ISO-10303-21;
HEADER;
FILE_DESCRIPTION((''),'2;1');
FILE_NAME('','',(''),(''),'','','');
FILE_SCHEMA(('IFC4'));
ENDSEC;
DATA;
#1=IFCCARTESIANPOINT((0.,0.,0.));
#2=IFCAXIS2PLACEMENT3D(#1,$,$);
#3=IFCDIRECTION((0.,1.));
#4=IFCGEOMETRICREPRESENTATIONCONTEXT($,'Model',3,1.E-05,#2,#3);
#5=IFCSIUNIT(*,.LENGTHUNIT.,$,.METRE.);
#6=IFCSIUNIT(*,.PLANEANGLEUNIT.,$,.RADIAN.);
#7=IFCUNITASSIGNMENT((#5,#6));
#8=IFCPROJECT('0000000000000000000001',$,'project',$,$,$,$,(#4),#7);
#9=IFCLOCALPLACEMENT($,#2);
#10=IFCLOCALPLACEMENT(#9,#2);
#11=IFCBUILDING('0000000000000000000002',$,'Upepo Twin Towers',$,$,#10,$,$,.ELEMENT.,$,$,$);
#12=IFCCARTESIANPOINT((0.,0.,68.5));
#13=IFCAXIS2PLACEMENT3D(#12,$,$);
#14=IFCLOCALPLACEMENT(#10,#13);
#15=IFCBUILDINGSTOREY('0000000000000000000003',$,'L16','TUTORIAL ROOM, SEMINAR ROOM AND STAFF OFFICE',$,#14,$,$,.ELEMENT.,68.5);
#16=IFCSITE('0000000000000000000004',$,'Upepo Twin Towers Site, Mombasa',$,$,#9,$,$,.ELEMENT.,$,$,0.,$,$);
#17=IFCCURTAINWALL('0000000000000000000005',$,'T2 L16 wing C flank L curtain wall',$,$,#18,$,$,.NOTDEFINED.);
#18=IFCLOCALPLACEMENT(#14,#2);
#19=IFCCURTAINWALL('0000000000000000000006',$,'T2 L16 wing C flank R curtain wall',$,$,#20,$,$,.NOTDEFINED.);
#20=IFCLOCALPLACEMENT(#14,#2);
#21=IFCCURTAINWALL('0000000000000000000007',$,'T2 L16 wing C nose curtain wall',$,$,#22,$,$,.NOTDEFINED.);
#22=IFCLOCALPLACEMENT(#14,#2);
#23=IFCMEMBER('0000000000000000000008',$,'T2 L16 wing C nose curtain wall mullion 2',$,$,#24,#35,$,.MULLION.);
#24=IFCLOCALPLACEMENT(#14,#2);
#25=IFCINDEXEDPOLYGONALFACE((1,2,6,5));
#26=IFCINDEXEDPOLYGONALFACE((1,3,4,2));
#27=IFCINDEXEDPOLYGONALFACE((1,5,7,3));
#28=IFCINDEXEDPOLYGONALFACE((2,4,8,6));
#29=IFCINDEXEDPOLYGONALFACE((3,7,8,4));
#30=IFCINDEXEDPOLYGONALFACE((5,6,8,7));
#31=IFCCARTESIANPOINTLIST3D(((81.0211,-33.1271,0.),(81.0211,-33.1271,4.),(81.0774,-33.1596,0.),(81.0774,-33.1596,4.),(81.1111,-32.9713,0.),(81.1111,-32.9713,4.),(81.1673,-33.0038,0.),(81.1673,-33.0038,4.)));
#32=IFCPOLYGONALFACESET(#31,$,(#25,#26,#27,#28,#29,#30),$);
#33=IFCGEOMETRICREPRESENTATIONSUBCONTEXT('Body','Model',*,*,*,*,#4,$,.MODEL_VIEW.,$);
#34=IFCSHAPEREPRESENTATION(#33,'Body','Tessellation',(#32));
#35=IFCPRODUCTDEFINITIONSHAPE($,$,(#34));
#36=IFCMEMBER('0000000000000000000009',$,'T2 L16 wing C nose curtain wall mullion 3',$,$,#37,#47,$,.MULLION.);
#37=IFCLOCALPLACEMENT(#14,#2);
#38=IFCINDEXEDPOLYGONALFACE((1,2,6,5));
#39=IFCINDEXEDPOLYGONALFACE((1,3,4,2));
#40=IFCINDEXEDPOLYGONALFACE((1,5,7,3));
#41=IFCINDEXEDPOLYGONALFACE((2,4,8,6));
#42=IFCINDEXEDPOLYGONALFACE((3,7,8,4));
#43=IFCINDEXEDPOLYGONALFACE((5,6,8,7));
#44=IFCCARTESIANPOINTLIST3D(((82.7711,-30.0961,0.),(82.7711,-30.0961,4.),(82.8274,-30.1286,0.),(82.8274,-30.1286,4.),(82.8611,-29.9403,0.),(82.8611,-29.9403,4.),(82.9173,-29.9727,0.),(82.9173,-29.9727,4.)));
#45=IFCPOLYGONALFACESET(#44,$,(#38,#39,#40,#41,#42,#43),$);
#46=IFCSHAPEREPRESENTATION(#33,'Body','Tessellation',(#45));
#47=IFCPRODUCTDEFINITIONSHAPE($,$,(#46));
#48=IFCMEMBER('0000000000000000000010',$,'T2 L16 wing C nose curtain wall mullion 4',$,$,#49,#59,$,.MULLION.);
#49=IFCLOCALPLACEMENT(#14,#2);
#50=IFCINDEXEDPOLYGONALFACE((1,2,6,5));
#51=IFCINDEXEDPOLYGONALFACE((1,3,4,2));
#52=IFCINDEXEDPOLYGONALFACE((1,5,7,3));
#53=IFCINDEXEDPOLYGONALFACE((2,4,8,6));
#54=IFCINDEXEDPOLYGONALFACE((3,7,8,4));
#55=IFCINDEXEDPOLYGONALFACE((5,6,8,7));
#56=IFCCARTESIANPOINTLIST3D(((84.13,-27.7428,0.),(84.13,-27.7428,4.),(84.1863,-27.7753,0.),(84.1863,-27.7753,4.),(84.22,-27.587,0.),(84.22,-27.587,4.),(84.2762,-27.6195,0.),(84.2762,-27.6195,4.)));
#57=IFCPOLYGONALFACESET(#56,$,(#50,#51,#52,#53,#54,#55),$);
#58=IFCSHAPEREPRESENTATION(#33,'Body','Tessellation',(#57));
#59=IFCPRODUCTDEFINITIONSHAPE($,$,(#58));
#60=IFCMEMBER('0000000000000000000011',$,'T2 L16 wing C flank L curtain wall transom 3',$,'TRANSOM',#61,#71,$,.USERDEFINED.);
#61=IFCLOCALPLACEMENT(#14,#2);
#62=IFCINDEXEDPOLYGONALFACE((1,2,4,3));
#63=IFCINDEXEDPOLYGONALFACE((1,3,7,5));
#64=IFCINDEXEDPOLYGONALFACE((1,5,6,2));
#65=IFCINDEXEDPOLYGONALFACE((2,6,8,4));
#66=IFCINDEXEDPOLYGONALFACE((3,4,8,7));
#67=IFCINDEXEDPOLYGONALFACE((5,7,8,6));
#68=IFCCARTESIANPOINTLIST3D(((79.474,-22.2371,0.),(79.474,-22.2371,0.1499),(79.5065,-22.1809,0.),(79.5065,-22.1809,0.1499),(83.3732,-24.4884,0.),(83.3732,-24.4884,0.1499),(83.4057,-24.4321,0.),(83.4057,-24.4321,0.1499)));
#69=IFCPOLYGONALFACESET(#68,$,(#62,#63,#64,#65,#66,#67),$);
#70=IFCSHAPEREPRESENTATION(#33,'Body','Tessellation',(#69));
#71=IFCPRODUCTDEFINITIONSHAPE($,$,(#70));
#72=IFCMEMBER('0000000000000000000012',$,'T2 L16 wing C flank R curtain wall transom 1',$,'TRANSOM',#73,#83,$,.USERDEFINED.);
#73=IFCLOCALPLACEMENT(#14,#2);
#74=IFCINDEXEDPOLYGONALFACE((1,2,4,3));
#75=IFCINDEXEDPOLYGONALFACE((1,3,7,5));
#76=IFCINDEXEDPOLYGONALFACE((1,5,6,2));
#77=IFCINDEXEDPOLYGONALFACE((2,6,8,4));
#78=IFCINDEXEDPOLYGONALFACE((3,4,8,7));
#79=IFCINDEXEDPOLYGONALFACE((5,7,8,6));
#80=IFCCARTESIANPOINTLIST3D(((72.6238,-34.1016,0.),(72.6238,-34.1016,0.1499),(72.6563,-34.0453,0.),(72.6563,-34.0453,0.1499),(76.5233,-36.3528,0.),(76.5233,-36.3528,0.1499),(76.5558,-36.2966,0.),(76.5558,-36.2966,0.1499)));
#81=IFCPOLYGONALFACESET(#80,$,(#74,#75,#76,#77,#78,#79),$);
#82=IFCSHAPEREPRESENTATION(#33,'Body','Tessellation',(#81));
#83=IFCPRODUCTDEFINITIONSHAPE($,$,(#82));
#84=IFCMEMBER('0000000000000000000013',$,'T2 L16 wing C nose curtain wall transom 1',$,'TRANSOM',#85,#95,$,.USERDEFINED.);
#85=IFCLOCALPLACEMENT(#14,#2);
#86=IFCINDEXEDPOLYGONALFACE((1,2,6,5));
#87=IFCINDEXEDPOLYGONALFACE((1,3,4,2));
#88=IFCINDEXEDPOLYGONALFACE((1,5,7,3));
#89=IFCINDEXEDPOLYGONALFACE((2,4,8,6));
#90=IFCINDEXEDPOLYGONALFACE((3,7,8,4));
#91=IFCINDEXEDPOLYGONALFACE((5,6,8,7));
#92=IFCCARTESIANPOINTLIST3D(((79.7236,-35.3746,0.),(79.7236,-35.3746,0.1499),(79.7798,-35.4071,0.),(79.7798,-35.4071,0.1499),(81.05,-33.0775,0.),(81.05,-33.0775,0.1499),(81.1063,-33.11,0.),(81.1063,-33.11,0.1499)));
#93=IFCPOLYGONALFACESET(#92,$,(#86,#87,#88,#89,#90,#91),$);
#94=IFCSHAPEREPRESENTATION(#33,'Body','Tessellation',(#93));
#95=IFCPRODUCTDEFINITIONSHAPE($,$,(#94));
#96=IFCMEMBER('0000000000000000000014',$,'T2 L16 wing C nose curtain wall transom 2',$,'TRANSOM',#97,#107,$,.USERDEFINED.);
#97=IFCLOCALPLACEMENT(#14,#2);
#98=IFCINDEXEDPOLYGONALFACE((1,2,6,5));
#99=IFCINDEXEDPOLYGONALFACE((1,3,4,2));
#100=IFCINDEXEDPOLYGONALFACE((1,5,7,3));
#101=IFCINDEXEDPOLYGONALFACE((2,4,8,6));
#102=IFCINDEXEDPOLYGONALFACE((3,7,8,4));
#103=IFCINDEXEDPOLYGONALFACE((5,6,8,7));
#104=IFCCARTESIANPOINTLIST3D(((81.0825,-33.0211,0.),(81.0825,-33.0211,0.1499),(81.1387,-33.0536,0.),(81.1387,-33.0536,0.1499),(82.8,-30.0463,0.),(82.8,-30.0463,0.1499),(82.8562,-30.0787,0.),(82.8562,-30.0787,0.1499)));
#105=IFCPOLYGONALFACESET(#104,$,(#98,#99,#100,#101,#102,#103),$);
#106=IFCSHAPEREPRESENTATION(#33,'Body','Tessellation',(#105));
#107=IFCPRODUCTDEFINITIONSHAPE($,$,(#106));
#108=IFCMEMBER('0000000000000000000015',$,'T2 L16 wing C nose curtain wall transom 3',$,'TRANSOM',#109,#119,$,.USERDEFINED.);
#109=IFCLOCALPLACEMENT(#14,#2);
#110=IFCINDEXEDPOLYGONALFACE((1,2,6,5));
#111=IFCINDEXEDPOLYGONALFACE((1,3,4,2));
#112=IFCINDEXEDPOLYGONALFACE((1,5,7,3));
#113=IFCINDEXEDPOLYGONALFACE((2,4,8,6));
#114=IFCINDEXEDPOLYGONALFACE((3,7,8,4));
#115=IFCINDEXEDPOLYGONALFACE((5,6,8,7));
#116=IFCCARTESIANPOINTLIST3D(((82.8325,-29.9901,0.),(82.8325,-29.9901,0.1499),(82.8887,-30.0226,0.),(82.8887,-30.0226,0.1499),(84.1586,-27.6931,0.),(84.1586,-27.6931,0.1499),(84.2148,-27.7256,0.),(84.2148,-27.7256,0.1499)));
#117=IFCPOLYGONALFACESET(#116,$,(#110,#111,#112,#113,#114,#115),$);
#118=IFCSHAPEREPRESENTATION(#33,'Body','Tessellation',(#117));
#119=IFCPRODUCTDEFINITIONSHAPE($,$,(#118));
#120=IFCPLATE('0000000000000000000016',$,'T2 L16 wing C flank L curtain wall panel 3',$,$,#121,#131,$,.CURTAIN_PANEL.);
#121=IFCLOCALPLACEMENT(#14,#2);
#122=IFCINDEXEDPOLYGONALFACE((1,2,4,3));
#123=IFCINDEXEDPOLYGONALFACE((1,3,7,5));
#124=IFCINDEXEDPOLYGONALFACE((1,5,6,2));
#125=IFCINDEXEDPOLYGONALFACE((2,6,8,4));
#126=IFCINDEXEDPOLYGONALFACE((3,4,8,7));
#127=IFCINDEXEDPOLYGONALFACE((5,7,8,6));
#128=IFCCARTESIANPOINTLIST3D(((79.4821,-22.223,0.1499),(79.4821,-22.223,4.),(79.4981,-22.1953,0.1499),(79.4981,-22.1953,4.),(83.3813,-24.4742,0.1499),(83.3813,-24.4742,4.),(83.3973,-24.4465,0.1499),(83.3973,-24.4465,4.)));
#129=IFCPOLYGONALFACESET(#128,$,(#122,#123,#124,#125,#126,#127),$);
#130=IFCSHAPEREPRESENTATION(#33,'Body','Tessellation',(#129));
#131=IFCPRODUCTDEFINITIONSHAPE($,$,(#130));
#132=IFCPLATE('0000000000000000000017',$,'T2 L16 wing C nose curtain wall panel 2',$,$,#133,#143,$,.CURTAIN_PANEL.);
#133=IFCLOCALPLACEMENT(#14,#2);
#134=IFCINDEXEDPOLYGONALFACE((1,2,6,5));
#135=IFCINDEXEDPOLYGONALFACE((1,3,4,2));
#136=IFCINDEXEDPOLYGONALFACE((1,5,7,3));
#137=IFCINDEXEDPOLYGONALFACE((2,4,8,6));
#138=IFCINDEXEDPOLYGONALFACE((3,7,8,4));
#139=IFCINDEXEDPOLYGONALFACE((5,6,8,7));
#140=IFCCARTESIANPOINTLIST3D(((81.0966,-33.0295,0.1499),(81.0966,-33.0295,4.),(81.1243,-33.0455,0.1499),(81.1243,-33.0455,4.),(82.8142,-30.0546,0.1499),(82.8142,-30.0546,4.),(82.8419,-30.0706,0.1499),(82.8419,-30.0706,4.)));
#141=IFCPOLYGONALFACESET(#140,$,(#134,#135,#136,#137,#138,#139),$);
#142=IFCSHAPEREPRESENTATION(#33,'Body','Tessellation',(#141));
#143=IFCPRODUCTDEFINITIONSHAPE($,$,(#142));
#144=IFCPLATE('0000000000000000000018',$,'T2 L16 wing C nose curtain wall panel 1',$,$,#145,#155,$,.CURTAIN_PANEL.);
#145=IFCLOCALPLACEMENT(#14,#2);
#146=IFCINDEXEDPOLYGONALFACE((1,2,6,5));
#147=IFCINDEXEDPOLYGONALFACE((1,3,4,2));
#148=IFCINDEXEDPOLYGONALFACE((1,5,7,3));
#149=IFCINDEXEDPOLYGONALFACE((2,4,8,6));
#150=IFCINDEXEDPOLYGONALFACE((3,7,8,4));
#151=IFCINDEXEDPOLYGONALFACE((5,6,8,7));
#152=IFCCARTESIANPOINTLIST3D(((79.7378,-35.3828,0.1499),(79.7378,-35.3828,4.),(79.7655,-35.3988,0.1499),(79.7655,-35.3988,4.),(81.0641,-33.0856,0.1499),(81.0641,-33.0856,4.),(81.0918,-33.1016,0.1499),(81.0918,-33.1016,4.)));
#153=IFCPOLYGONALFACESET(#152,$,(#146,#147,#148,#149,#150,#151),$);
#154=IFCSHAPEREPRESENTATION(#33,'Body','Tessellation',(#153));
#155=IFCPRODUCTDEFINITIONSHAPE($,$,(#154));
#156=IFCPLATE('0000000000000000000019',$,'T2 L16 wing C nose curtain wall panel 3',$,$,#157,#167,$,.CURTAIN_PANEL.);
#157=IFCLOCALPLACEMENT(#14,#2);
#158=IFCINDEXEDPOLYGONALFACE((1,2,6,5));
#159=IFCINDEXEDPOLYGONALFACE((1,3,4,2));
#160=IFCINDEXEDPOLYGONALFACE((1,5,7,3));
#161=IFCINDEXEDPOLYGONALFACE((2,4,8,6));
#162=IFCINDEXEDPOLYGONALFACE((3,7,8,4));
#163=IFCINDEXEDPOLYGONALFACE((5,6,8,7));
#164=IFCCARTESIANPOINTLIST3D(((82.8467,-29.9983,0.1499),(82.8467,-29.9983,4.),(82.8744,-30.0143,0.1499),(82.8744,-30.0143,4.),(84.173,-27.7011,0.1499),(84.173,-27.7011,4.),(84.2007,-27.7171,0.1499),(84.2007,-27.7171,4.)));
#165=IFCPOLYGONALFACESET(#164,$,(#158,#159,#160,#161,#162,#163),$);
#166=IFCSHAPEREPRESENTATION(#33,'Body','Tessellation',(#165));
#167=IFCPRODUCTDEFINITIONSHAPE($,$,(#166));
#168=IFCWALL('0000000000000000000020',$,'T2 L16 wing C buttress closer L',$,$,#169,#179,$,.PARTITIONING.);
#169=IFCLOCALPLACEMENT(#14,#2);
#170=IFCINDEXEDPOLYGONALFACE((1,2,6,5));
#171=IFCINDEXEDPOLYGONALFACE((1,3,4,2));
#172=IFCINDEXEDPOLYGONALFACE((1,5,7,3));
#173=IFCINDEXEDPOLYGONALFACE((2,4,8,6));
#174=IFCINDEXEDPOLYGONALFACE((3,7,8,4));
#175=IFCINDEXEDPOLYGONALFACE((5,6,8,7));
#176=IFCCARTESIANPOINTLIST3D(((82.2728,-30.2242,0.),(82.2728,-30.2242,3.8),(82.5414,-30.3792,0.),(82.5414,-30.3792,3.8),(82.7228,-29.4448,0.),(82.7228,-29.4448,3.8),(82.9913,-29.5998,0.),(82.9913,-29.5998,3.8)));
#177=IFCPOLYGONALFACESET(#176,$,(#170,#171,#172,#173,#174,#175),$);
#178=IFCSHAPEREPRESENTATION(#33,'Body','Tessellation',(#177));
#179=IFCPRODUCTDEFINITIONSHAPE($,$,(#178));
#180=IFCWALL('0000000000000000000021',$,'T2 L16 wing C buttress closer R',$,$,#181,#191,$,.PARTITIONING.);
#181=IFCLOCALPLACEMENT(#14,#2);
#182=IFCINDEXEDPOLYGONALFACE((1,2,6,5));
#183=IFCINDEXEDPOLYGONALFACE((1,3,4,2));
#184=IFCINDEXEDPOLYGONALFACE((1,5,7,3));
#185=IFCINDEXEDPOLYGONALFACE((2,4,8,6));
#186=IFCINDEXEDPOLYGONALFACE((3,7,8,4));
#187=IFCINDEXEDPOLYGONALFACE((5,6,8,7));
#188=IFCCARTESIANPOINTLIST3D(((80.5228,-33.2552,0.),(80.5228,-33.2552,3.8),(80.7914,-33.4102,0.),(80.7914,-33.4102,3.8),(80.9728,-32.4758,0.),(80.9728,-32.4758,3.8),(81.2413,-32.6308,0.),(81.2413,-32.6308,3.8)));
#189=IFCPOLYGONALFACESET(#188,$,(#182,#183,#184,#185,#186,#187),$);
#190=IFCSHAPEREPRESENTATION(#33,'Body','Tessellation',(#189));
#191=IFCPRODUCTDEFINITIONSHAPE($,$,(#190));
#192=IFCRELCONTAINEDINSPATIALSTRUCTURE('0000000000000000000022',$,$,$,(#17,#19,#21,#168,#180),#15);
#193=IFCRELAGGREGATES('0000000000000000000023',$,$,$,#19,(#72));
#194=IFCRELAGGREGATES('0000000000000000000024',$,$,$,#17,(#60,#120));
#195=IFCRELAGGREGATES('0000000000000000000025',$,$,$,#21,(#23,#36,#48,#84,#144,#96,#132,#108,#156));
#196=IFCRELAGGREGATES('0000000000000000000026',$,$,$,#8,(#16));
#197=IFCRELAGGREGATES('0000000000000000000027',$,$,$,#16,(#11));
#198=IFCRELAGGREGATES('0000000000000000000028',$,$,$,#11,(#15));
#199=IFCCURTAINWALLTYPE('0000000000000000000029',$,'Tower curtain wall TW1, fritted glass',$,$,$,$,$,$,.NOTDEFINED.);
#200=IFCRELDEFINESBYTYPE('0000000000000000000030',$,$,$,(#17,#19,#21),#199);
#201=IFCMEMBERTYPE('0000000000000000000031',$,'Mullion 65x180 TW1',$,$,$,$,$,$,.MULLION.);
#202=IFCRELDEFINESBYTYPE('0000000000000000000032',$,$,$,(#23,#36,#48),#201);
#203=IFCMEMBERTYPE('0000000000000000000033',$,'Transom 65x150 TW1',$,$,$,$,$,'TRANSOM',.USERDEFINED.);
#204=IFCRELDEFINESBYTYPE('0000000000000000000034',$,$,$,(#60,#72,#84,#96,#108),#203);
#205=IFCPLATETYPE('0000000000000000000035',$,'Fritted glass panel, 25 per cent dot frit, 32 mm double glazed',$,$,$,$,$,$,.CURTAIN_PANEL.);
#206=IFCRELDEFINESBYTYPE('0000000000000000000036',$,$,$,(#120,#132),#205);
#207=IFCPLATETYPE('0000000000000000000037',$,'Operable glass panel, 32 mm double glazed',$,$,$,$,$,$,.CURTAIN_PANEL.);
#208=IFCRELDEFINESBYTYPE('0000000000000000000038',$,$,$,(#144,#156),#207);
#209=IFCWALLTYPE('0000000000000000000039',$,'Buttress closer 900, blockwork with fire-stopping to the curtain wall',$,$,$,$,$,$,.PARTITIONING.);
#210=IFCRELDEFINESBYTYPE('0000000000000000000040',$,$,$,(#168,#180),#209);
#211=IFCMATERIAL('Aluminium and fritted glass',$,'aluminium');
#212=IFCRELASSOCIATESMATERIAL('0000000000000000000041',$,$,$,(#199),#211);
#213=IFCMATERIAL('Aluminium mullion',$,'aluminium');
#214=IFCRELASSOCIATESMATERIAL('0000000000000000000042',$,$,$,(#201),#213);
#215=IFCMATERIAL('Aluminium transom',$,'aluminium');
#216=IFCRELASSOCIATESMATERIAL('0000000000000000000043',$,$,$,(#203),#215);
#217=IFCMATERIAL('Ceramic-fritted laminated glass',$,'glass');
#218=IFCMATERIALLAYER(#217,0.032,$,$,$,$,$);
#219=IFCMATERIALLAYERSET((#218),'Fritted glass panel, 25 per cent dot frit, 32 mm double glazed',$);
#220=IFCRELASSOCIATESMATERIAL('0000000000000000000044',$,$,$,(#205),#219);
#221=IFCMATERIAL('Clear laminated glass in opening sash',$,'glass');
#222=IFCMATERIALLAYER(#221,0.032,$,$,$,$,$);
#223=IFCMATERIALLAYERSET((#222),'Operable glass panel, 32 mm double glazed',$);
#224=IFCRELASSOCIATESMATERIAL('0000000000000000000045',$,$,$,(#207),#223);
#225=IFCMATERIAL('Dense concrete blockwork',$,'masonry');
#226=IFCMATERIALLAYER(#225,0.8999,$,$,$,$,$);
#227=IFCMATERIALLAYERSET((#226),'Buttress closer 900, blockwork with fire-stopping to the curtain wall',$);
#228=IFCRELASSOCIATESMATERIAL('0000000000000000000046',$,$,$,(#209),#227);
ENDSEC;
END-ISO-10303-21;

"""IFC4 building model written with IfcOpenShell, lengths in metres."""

from ifc_helpers import new_model, si_unit, direction, frame, frame_2d, origin, origin_2d, place, context, subcontext, project, spatial, rectangle, extrude, material, layer, layer_set, material_profile, profile_set, type_object, element, aggregate, save


model = new_model("IFC4")

# Units and contexts
model_context = context("Model", 3, precision=1e-05, world=origin(), true_north=direction((0.0, 1.0)))
body_context = subcontext(model_context, "Body", "Model", "MODEL_VIEW")
ifc_project = project(units=[si_unit("LENGTHUNIT", "METRE"), si_unit("PLANEANGLEUNIT", "RADIAN")], contexts=[model_context])

# Site, building, storey
site_placement = place(None, origin())
site = spatial("IfcSite", under=ifc_project, at=site_placement, Name="Upepo Twin Towers Site, Mombasa", CompositionType="ELEMENT", RefElevation=0.0)
building_placement = place(site_placement, origin())
building = spatial("IfcBuilding", under=site, at=building_placement, Name="Upepo Twin Towers", CompositionType="ELEMENT")
storey_placement = place(building_placement, frame((0.0, 0.0, 68.5)))
storey = spatial("IfcBuildingStorey", under=building, at=storey_placement, Name="L16", Description="TUTORIAL ROOM, SEMINAR ROOM AND STAFF OFFICE", CompositionType="ELEMENT", Elevation=68.5)

# Curtain wall
ifc_material_1 = material(Name="Aluminium and fritted glass", Category="aluminium")
curtain_wall_type = type_object("IfcCurtainWallType", Name="Tower curtain wall TW1, fritted glass", PredefinedType="NOTDEFINED", material=ifc_material_1)
curtain_wall_1_placement = place(storey_placement, origin())
curtain_wall_1 = element("IfcCurtainWall", 1, at=curtain_wall_1_placement, inside=storey, type_object=curtain_wall_type, Name="T2 L16 wing C flank L curtain wall", PredefinedType="NOTDEFINED")
ifc_material_2 = material(Name="Aluminium mullion", Category="aluminium")
ifc_material_profile_1 = material_profile(ifc_material_2, rectangle(XDim=0.0649, YDim=0.1799, at=origin_2d()), Name="MULLION 65x180")
ifc_profile_set_1 = profile_set([ifc_material_profile_1], Name="Aluminium mullion")
member_type_1 = type_object("IfcMemberType", Name="Mullion 65x180 TW1", PredefinedType="MULLION", material=ifc_profile_set_1)

# Curtain wall
curtain_wall_2_placement = place(storey_placement, origin())
curtain_wall_2 = element("IfcCurtainWall", 2, at=curtain_wall_2_placement, inside=storey, type_object=curtain_wall_type, Name="T2 L16 wing C flank R curtain wall", PredefinedType="NOTDEFINED")

# Curtain wall, members
curtain_wall_3_placement = place(storey_placement, origin())
curtain_wall_3 = element("IfcCurtainWall", 3, at=curtain_wall_3_placement, inside=storey, type_object=curtain_wall_type, Name="T2 L16 wing C nose curtain wall", PredefinedType="NOTDEFINED")
member_1_placement = place(storey_placement, frame((81.0942, -33.0654, 0.0), z_axis=(0.0, 0.0, 1.0), x_axis=(-0.866025, 0.5, 0.0)))
member_1 = element("IfcMember", 4, at=member_1_placement, type_object=member_type_1, Name="T2 L16 wing C nose curtain wall mullion 2", PredefinedType="MULLION", context=body_context, shape_type="SweptSolid", body=[
    extrude(rectangle(XDim=0.0649, YDim=0.1799, at=origin_2d()), origin(), (0.0, 0.0, 1.0), 4.0),
])
member_2_placement = place(storey_placement, frame((82.8442, -30.0344, 0.0), z_axis=(0.0, 0.0, 1.0), x_axis=(-0.866025, 0.5, 0.0)))
member_2 = element("IfcMember", 5, at=member_2_placement, type_object=member_type_1, Name="T2 L16 wing C nose curtain wall mullion 3", PredefinedType="MULLION", context=body_context, shape_type="SweptSolid", body=[
    extrude(rectangle(XDim=0.0649, YDim=0.1799, at=origin_2d()), origin(), (0.0, 0.0, 1.0), 4.0),
])
member_3_placement = place(storey_placement, frame((84.2031, -27.6812, 0.0), z_axis=(0.0, 0.0, 1.0), x_axis=(-0.866025, 0.5, 0.0)))
member_3 = element("IfcMember", 6, at=member_3_placement, type_object=member_type_1, Name="T2 L16 wing C nose curtain wall mullion 4", PredefinedType="MULLION", context=body_context, shape_type="SweptSolid", body=[
    extrude(rectangle(XDim=0.0649, YDim=0.1799, at=origin_2d()), origin(), (0.0, 0.0, 1.0), 4.0),
])

# Members
ifc_material_3 = material(Name="Aluminium transom", Category="aluminium")
ifc_material_profile_2 = material_profile(ifc_material_3, rectangle(XDim=0.0649, YDim=0.1499, at=origin_2d()), Name="TRANSOM 65x150")
ifc_profile_set_2 = profile_set([ifc_material_profile_2], Name="Aluminium transom")
member_type_2 = type_object("IfcMemberType", Name="Transom 65x150 TW1", ElementType="TRANSOM", PredefinedType="USERDEFINED", material=ifc_profile_set_2)
member_4_placement = place(storey_placement, frame((79.4902, -22.209, 0.075), z_axis=(0.866022, -0.500006, 0.0), x_axis=(0.500006, 0.866022, 0.0)))
member_4 = element("IfcMember", 7, at=member_4_placement, type_object=member_type_2, Name="T2 L16 wing C flank L curtain wall transom 3", ObjectType="TRANSOM", PredefinedType="USERDEFINED", context=body_context, shape_type="SweptSolid", body=[
    extrude(rectangle(XDim=0.0649, YDim=0.1499, at=origin_2d()), origin(), (0.0, 0.0, 1.0), 4.5024),
])
member_5_placement = place(storey_placement, frame((76.5396, -36.3247, 0.075), z_axis=(-0.866036, 0.499982, 0.0), x_axis=(-0.499982, -0.866036, 0.0)))
member_5 = element("IfcMember", 8, at=member_5_placement, type_object=member_type_2, Name="T2 L16 wing C flank R curtain wall transom 1", ObjectType="TRANSOM", PredefinedType="USERDEFINED", context=body_context, shape_type="SweptSolid", body=[
    extrude(rectangle(XDim=0.0649, YDim=0.1499, at=origin_2d()), origin(), (0.0, 0.0, 1.0), 4.5027),
])
aggregate(curtain_wall_2, [member_5])
member_6_placement = place(storey_placement, frame((79.7517, -35.3909, 0.075), z_axis=(0.500049, 0.865997, 0.0), x_axis=(-0.865997, 0.500049, 0.0)))
member_6 = element("IfcMember", 9, at=member_6_placement, type_object=member_type_2, Name="T2 L16 wing C nose curtain wall transom 1", ObjectType="TRANSOM", PredefinedType="USERDEFINED", context=body_context, shape_type="SweptSolid", body=[
    extrude(rectangle(XDim=0.0649, YDim=0.1499, at=origin_2d()), origin(), (0.0, 0.0, 1.0), 2.6526),
])
member_7_placement = place(storey_placement, frame((81.1106, -33.0374, 0.075), z_axis=(0.499999, 0.866026, 0.0), x_axis=(-0.866026, 0.499999, 0.0)))
member_7 = element("IfcMember", 10, at=member_7_placement, type_object=member_type_2, Name="T2 L16 wing C nose curtain wall transom 2", ObjectType="TRANSOM", PredefinedType="USERDEFINED", context=body_context, shape_type="SweptSolid", body=[
    extrude(rectangle(XDim=0.0649, YDim=0.1499, at=origin_2d()), origin(), (0.0, 0.0, 1.0), 3.4351),
])
member_8_placement = place(storey_placement, frame((82.8606, -30.0063, 0.075), z_axis=(0.49998, 0.866037, 0.0), x_axis=(-0.866037, 0.49998, 0.0)))
member_8 = element("IfcMember", 11, at=member_8_placement, type_object=member_type_2, Name="T2 L16 wing C nose curtain wall transom 3", ObjectType="TRANSOM", PredefinedType="USERDEFINED", context=body_context, shape_type="SweptSolid", body=[
    extrude(rectangle(XDim=0.0649, YDim=0.1499, at=origin_2d()), origin(), (0.0, 0.0, 1.0), 2.6523),
])

# Plates
ifc_material_4 = material(Name="Ceramic-fritted laminated glass", Category="glass")
ifc_layer_1 = layer(ifc_material_4, 0.032)
ifc_layer_set_1 = layer_set([ifc_layer_1], Name="Fritted glass panel, 25 per cent dot frit, 32 mm double glazed")
plate_type_1 = type_object("IfcPlateType", Name="Fritted glass panel, 25 per cent dot frit, 32 mm double glazed", PredefinedType="CURTAIN_PANEL", material=ifc_layer_set_1)
plate_1_placement = place(storey_placement, frame((81.4397, -23.3347, 0.1499), z_axis=(0.0, 0.0, 1.0), x_axis=(0.866025, -0.5, 0.0)))
plate_1 = element("IfcPlate", 12, at=plate_1_placement, type_object=plate_type_1, Name="T2 L16 wing C flank L curtain wall panel 3", PredefinedType="CURTAIN_PANEL", context=body_context, shape_type="SweptSolid", body=[
    extrude(rectangle(XDim=4.5024, YDim=0.032, at=origin_2d()), origin(), (0.0, 0.0, 1.0), 3.8501),
])
aggregate(curtain_wall_1, [member_4, plate_1])
plate_2_placement = place(storey_placement, frame((81.9692, -31.55, 0.1499), z_axis=(0.0, 0.0, 1.0), x_axis=(0.5, 0.866025, 0.0)))
plate_2 = element("IfcPlate", 13, at=plate_2_placement, type_object=plate_type_1, Name="T2 L16 wing C nose curtain wall panel 2", PredefinedType="CURTAIN_PANEL", context=body_context, shape_type="SweptSolid", body=[
    extrude(rectangle(XDim=3.4351, YDim=0.032, at=origin_2d()), origin(), (0.0, 0.0, 1.0), 3.8501),
])
ifc_material_5 = material(Name="Clear laminated glass in opening sash", Category="glass")
ifc_layer_2 = layer(ifc_material_5, 0.032)
ifc_layer_set_2 = layer_set([ifc_layer_2], Name="Operable glass panel, 32 mm double glazed")
plate_type_2 = type_object("IfcPlateType", Name="Operable glass panel, 32 mm double glazed", PredefinedType="CURTAIN_PANEL", material=ifc_layer_set_2)
plate_3_placement = place(storey_placement, frame((80.4148, -34.2422, 0.1499), z_axis=(0.0, 0.0, 1.0), x_axis=(0.5, 0.866025, 0.0)))
plate_3 = element("IfcPlate", 14, at=plate_3_placement, type_object=plate_type_2, Name="T2 L16 wing C nose curtain wall panel 1", PredefinedType="CURTAIN_PANEL", context=body_context, shape_type="SweptSolid", body=[
    extrude(rectangle(XDim=2.6526, YDim=0.032, at=origin_2d()), origin(), (0.0, 0.0, 1.0), 3.8501),
])
plate_4_placement = place(storey_placement, frame((83.5237, -28.8577, 0.1499), z_axis=(0.0, 0.0, 1.0), x_axis=(0.5, 0.866025, 0.0)))
plate_4 = element("IfcPlate", 15, at=plate_4_placement, type_object=plate_type_2, Name="T2 L16 wing C nose curtain wall panel 3", PredefinedType="CURTAIN_PANEL", context=body_context, shape_type="SweptSolid", body=[
    extrude(rectangle(XDim=2.6526, YDim=0.032, at=origin_2d()), origin(), (0.0, 0.0, 1.0), 3.8501),
])
aggregate(curtain_wall_3, [member_1, member_2, member_3, member_6, plate_3, member_7, plate_2, member_8, plate_4])

# Walls
ifc_material_6 = material(Name="Dense concrete blockwork", Category="masonry")
ifc_layer_3 = layer(ifc_material_6, 0.8999)
ifc_layer_set_3 = layer_set([ifc_layer_3], Name="Buttress closer 900, blockwork with fire-stopping to the curtain wall")
wall_type_1 = type_object("IfcWallType", Name="Buttress closer 900, blockwork with fire-stopping to the curtain wall", PredefinedType="PARTITIONING", material=ifc_layer_set_3)
for number, where, z_axis, x_axis, name in (
    (16, (82.4978, -29.8345, 0.0), (0.0, 0.0, 1.0), (0.866054, -0.49995, 0.0), "T2 L16 wing C buttress closer L"),
    (17, (80.7478, -32.8655, 0.0), (0.0, 0.0, 1.0), (0.866054, -0.49995, 0.0), "T2 L16 wing C buttress closer R"),
):
    element("IfcWall", number, at=place(storey_placement, frame(where, z_axis=z_axis, x_axis=x_axis)), inside=storey, type_object=wall_type_1, Name=name, PredefinedType="PARTITIONING", context=body_context, shape_type="SweptSolid", body=[
        extrude(rectangle(XDim=0.3101, YDim=0.8999, at=frame_2d((0.155, 0.0))), origin(), (0.0, 0.0, 1.0), 3.8),
    ])

save(model, "model.ifc")
